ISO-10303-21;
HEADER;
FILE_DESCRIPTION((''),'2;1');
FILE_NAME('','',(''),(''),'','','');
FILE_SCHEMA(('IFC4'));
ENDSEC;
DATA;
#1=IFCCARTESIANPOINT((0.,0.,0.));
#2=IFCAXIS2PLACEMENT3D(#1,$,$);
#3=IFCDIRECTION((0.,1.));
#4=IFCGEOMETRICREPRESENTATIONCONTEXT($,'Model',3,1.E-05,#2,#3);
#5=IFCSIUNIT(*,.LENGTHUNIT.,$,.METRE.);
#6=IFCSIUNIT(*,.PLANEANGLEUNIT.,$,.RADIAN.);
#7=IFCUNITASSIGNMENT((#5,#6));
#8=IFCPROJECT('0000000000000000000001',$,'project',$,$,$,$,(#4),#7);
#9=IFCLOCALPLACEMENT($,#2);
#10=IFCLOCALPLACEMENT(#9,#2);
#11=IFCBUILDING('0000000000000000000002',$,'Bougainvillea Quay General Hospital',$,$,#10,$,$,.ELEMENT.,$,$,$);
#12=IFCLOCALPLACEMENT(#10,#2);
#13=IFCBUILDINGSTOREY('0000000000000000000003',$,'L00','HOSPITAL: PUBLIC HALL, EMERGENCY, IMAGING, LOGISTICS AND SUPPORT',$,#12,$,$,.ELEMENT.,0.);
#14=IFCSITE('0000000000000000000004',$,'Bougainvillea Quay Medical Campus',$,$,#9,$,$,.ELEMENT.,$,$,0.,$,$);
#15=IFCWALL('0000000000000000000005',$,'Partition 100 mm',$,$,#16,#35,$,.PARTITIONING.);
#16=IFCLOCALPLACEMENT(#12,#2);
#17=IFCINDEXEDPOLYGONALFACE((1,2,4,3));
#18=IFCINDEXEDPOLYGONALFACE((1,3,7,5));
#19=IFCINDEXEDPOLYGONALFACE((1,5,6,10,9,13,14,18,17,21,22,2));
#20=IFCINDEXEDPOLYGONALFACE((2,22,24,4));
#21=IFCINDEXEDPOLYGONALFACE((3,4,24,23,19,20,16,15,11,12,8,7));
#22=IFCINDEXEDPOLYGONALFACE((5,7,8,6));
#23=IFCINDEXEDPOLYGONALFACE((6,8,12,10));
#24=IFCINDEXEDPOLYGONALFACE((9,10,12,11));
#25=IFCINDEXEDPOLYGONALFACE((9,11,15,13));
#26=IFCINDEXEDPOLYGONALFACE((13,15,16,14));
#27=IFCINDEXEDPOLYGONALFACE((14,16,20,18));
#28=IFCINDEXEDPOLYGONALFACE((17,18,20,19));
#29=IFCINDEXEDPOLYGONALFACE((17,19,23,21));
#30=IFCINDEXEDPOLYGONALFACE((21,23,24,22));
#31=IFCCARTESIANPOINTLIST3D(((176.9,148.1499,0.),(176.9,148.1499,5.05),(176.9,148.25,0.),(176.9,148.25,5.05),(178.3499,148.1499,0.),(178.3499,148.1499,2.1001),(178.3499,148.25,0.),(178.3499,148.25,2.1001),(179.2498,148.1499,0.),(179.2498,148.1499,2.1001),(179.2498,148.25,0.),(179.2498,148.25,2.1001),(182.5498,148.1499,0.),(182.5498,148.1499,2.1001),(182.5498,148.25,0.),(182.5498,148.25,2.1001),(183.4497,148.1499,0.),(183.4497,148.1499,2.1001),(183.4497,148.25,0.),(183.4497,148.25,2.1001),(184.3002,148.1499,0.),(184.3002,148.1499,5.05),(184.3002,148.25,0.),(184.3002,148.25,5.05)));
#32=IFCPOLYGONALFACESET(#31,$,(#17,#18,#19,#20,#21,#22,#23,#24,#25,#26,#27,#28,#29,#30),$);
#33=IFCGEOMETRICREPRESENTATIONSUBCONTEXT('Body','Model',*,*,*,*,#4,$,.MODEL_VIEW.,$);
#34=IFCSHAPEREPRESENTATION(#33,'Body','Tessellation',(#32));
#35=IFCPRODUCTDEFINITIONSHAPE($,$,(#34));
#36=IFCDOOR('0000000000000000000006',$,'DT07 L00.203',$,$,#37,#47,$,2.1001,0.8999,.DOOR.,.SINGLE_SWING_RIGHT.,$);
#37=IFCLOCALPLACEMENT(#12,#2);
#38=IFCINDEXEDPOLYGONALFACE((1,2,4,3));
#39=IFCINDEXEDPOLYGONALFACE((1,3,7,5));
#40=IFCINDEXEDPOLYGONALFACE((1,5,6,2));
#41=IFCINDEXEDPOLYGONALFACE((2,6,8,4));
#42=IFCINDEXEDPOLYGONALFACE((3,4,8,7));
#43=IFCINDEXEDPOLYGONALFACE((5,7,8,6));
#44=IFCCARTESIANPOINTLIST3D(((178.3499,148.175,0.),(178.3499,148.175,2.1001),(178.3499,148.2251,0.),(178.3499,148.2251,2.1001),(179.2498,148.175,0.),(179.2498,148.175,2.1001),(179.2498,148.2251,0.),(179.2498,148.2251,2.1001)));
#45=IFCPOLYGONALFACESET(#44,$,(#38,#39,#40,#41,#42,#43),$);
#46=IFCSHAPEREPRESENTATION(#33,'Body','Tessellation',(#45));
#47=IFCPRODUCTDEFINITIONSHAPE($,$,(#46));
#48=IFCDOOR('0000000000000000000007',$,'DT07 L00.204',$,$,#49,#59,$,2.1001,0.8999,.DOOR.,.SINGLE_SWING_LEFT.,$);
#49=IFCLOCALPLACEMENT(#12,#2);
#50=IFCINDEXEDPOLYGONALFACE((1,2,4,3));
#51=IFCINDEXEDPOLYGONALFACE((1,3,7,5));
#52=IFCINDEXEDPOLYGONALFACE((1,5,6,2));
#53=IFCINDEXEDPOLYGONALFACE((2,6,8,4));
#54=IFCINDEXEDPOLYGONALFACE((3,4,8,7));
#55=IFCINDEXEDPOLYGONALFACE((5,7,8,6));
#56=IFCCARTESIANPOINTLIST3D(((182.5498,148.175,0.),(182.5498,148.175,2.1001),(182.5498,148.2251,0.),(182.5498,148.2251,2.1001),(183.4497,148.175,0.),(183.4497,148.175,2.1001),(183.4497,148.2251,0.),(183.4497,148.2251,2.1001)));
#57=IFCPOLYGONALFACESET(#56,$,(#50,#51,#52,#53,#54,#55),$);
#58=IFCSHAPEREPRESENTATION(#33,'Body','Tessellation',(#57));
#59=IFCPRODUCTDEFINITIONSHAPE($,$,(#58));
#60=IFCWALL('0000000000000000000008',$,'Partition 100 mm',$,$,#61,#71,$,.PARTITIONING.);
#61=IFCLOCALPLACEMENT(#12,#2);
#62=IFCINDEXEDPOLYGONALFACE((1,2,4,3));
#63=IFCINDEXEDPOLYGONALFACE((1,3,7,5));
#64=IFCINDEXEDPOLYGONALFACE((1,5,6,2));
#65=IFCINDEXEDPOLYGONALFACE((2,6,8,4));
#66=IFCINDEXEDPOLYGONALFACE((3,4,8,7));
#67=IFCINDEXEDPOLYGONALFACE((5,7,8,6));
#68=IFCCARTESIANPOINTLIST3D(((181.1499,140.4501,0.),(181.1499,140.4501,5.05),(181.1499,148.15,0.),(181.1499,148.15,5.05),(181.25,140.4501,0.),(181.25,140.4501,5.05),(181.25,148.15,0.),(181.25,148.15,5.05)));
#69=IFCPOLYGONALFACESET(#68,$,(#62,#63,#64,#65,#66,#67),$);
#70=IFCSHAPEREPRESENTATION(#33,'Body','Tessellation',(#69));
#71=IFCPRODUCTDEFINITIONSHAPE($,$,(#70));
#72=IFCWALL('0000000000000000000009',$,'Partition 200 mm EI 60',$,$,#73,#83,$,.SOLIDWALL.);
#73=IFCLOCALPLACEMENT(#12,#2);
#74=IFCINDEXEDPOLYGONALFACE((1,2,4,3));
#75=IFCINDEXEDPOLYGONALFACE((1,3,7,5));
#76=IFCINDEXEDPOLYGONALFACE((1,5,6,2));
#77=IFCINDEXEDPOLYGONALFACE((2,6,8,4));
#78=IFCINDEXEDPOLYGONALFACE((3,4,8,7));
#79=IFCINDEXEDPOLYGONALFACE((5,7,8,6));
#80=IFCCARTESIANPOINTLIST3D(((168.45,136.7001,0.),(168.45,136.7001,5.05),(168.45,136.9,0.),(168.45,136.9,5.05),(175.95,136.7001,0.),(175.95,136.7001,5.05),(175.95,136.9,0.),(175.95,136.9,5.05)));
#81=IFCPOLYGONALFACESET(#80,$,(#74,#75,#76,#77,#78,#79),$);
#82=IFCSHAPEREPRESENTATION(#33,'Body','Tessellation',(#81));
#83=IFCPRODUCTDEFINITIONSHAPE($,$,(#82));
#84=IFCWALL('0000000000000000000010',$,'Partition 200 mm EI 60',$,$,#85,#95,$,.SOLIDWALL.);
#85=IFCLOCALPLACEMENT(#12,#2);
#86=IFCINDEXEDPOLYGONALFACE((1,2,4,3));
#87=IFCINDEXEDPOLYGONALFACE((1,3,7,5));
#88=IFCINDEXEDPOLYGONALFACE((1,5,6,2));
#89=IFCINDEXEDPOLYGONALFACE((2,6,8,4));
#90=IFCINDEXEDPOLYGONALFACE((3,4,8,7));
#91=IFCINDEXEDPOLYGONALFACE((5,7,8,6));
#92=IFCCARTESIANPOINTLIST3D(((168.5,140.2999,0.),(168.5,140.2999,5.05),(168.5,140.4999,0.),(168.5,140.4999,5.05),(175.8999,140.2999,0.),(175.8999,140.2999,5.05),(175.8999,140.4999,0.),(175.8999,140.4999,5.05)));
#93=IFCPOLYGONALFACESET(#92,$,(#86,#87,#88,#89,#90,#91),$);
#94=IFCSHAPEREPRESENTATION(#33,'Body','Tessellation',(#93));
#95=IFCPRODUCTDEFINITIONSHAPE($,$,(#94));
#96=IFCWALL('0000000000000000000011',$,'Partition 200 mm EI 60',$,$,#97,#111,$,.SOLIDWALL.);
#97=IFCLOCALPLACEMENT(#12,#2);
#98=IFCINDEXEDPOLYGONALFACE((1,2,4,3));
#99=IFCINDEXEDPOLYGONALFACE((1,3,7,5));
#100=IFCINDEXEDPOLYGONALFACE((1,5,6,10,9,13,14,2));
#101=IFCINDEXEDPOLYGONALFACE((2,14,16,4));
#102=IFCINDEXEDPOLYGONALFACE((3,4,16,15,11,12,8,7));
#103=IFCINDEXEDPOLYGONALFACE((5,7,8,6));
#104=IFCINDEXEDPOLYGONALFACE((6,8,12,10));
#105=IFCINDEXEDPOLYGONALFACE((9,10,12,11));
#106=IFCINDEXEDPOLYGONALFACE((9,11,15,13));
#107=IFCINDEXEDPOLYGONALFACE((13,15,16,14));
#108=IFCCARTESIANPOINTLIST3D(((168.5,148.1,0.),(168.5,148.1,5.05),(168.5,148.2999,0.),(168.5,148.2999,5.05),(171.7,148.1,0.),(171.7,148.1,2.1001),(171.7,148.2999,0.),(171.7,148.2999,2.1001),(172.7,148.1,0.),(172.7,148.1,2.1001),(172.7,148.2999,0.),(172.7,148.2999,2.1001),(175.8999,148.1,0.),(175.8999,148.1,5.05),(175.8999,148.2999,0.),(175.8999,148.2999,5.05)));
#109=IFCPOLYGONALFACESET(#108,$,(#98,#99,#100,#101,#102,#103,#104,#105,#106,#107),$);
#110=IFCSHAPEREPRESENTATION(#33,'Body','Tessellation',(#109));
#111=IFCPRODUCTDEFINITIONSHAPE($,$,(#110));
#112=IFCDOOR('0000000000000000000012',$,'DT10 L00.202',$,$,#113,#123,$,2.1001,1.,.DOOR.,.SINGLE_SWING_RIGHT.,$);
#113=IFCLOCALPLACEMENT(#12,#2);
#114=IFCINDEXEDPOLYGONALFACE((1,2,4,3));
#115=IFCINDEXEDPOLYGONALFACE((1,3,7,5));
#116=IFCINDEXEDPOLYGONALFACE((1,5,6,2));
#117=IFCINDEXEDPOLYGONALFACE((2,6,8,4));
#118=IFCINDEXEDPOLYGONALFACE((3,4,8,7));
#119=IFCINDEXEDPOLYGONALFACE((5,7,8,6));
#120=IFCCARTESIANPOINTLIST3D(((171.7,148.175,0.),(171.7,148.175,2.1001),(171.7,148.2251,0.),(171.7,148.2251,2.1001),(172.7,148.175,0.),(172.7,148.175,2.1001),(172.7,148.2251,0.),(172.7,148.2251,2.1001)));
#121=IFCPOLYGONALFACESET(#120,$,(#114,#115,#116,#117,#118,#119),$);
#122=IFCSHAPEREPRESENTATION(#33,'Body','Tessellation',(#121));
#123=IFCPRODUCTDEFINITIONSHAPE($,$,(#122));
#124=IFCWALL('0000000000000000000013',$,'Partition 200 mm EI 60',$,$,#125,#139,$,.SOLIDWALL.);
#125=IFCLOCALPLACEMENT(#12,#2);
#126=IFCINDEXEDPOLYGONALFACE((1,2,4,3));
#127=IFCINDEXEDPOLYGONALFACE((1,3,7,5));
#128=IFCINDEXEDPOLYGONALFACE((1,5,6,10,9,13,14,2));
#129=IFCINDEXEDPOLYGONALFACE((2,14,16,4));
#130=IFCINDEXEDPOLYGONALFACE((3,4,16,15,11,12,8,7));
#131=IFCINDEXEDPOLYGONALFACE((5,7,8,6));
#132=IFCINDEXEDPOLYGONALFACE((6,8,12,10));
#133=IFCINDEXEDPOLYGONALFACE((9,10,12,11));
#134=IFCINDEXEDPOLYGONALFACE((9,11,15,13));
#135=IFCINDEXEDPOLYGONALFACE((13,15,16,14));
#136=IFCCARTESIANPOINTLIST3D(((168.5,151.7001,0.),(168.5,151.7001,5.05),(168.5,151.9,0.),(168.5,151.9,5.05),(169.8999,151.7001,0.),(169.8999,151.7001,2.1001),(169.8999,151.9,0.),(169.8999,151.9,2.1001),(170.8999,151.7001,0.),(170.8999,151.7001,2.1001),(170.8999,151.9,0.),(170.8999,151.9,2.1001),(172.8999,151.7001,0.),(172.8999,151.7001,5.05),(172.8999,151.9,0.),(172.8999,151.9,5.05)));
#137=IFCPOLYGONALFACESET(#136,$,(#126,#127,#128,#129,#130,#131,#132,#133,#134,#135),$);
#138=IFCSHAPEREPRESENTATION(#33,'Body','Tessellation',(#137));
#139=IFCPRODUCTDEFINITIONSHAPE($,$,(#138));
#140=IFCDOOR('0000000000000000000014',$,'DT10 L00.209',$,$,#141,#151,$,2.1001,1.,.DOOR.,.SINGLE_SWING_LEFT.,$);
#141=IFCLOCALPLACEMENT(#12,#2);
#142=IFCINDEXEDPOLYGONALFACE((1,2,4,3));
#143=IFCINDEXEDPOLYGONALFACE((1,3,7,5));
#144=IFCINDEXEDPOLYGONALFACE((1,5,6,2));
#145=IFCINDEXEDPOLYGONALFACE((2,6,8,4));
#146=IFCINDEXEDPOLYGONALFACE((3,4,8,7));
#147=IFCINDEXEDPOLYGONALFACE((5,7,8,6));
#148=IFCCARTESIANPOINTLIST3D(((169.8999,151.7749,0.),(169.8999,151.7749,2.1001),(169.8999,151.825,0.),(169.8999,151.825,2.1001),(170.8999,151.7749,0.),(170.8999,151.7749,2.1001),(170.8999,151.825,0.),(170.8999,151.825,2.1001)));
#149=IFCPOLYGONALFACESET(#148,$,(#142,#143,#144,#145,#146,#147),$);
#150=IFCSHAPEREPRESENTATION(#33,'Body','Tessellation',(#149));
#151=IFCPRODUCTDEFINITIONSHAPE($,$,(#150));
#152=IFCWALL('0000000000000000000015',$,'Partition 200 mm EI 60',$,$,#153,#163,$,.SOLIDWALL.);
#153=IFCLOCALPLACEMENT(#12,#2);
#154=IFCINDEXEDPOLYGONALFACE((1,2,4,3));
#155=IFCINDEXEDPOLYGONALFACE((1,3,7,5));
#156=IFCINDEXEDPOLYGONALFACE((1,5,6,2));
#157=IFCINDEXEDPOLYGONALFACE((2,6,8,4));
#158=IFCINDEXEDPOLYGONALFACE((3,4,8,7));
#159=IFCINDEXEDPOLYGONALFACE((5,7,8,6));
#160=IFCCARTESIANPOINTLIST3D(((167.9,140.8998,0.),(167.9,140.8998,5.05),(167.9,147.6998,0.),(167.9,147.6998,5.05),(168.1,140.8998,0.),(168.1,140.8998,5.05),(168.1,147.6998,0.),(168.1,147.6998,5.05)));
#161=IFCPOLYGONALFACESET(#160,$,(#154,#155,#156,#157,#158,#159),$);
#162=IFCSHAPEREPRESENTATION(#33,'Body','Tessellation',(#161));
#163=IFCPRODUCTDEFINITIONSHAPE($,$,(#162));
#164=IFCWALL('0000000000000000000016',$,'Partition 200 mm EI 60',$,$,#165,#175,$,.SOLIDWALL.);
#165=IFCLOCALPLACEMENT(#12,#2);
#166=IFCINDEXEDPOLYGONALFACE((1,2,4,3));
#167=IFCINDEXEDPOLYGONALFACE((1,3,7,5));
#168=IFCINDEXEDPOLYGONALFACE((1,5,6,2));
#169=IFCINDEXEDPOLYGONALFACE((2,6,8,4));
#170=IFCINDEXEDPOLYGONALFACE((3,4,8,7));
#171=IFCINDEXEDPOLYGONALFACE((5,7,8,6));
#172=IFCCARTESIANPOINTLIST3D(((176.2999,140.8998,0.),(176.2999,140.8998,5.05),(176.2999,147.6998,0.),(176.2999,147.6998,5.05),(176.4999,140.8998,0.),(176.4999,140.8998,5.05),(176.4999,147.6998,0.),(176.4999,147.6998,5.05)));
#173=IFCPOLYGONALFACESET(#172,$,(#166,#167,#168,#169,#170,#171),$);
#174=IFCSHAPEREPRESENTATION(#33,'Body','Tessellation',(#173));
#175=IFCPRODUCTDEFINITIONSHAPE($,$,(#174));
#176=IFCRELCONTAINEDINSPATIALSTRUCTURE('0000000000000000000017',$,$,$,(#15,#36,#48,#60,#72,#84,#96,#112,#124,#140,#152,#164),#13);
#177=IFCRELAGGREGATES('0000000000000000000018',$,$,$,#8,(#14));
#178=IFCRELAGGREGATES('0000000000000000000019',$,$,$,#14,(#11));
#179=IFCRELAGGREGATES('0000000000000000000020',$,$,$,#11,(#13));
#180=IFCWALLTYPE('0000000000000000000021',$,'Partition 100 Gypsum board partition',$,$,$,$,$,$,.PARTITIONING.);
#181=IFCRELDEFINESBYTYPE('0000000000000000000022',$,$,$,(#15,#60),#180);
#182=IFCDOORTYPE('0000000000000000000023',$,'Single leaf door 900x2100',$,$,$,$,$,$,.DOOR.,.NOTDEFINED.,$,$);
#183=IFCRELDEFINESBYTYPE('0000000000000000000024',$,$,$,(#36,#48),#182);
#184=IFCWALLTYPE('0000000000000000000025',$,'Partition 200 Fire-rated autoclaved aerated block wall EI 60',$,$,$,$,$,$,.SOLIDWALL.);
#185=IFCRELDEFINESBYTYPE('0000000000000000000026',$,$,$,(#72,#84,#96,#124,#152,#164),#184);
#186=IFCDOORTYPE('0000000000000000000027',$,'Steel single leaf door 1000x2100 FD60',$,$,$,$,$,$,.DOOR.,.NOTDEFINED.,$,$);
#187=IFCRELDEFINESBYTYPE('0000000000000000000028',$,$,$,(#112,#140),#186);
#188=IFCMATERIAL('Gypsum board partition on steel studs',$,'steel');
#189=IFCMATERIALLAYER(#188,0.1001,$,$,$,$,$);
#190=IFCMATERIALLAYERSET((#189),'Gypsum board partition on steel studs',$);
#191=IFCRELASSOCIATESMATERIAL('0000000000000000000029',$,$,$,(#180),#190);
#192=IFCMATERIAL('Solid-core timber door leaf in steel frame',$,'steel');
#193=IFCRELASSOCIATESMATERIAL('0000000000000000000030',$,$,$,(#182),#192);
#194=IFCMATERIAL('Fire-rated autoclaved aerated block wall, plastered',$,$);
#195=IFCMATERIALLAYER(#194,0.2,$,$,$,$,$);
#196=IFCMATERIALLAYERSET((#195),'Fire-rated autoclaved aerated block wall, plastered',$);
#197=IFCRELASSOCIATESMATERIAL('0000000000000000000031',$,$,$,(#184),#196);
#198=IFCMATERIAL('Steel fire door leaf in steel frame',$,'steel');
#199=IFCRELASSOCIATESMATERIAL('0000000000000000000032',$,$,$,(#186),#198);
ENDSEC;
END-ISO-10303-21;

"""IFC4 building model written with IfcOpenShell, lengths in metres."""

from ifc_helpers import new_model, si_unit, direction, frame, frame_2d, origin, place, context, subcontext, project, spatial, rectangle, extrude, material, layer, layer_set, type_object, element, fill, save


model = new_model("IFC4")

# Units and contexts
model_context = context("Model", 3, precision=1e-05, world=origin(), true_north=direction((0.0, 1.0)))
body_context = subcontext(model_context, "Body", "Model", "MODEL_VIEW")
ifc_project = project(units=[si_unit("LENGTHUNIT", "METRE"), si_unit("PLANEANGLEUNIT", "RADIAN")], contexts=[model_context])

# Site, building, storey
site_placement = place(None, origin())
site = spatial("IfcSite", under=ifc_project, at=site_placement, Name="Bougainvillea Quay Medical Campus", CompositionType="ELEMENT", RefElevation=0.0)
building_placement = place(site_placement, origin())
building = spatial("IfcBuilding", under=site, at=building_placement, Name="Bougainvillea Quay General Hospital", CompositionType="ELEMENT")
storey_placement = place(building_placement, origin())
storey = spatial("IfcBuildingStorey", under=building, at=storey_placement, Name="L00", Description="HOSPITAL: PUBLIC HALL, EMERGENCY, IMAGING, LOGISTICS AND SUPPORT", CompositionType="ELEMENT", Elevation=0.0)

# Shared definitions
ifc_material_1 = material(Name="Gypsum board partition on steel studs", Category="steel")
ifc_layer_1 = layer(ifc_material_1, 0.1001)
ifc_layer_set_1 = layer_set([ifc_layer_1], Name="Gypsum board partition on steel studs")
wall_type_1 = type_object("IfcWallType", Name="Partition 100 Gypsum board partition", PredefinedType="PARTITIONING", material=ifc_layer_set_1)

# Wall, openings, doors
wall_1_placement = place(storey_placement, frame((176.8999, 148.2, 0.0), z_axis=(0.0, 0.0, 1.0), x_axis=(1.0, 0.0, 0.0)))
wall_1 = element("IfcWall", 1, at=wall_1_placement, inside=storey, type_object=wall_type_1, Name="Partition 100 mm", PredefinedType="PARTITIONING", context=body_context, shape_type="SweptSolid", body=[
    extrude(rectangle(XDim=7.4001, YDim=0.1001, at=frame_2d((3.7002, 0.0))), origin(), (0.0, 0.0, 1.0), 5.05),
])
opening_1_placement = place(wall_1_placement, frame((1.45, 0.0, 0.0)))
opening_1 = element("IfcOpeningElement", 2, at=opening_1_placement, cuts=wall_1, PredefinedType="OPENING", context=body_context, shape_type="SweptSolid", body=[
    extrude(rectangle(XDim=0.8999, YDim=2.1001, at=frame_2d((0.45, 1.05))), frame((0.0, 0.0601, 0.0), z_axis=(0.0, -1.0, 0.0), x_axis=(1.0, 0.0, 0.0)), (0.0, 0.0, 1.0), 0.1201),
])
opening_2_placement = place(wall_1_placement, frame((5.6499, 0.0, 0.0)))
opening_2 = element("IfcOpeningElement", 3, at=opening_2_placement, cuts=wall_1, PredefinedType="OPENING", context=body_context, shape_type="SweptSolid", body=[
    extrude(rectangle(XDim=0.8999, YDim=2.1001, at=frame_2d((0.45, 1.05))), frame((0.0, 0.0601, 0.0), z_axis=(0.0, -1.0, 0.0), x_axis=(1.0, 0.0, 0.0)), (0.0, 0.0, 1.0), 0.1201),
])
ifc_material_2 = material(Name="Solid-core timber door leaf in steel frame", Category="steel")
door_type_1 = type_object("IfcDoorType", Name="Single leaf door 900x2100", OperationType="NOTDEFINED", PredefinedType="DOOR", material=ifc_material_2)
door_1_placement = place(opening_1_placement, frame((0.8999, 0.0, 0.0), z_axis=(0.0, 0.0, 1.0), x_axis=(-1.0, 0.0, 0.0)))
door_1 = element("IfcDoor", 4, at=door_1_placement, inside=storey, type_object=door_type_1, Name="DT07 L00.203", OperationType="SINGLE_SWING_RIGHT", OverallHeight=2.1001, OverallWidth=0.8999, PredefinedType="DOOR", context=body_context, shape_type="SweptSolid", body=[
    extrude(rectangle(XDim=0.8999, YDim=2.1001, at=frame_2d((0.45, 1.05))), frame((0.0, 0.0249, 0.0), z_axis=(0.0, -1.0, 0.0), x_axis=(1.0, 0.0, 0.0)), (0.0, 0.0, 1.0), 0.05),
])
fill(opening_1, door_1)
door_2_placement = place(opening_2_placement, frame((0.8999, 0.0, 0.0), z_axis=(0.0, 0.0, 1.0), x_axis=(-1.0, 0.0, 0.0)))
door_2 = element("IfcDoor", 5, at=door_2_placement, inside=storey, type_object=door_type_1, Name="DT07 L00.204", OperationType="SINGLE_SWING_LEFT", OverallHeight=2.1001, OverallWidth=0.8999, PredefinedType="DOOR", context=body_context, shape_type="SweptSolid", body=[
    extrude(rectangle(XDim=0.8999, YDim=2.1001, at=frame_2d((0.45, 1.05))), frame((0.0, 0.0249, 0.0), z_axis=(0.0, -1.0, 0.0), x_axis=(1.0, 0.0, 0.0)), (0.0, 0.0, 1.0), 0.05),
])
fill(opening_2, door_2)

# Walls
wall_2_placement = place(storey_placement, frame((181.2, 140.45, 0.0), z_axis=(0.0, 0.0, 1.0), x_axis=(0.0, 1.0, 0.0)))
element("IfcWall", 6, at=wall_2_placement, inside=storey, type_object=wall_type_1, Name="Partition 100 mm", PredefinedType="PARTITIONING", context=body_context, shape_type="SweptSolid", body=[
    extrude(rectangle(XDim=7.7, YDim=0.1001, at=frame_2d((3.8501, 0.0))), origin(), (0.0, 0.0, 1.0), 5.05),
])
ifc_material_3 = material(Name="Fire-rated autoclaved aerated block wall, plastered")
ifc_layer_2 = layer(ifc_material_3, 0.2)
ifc_layer_set_2 = layer_set([ifc_layer_2], Name="Fire-rated autoclaved aerated block wall, plastered")
wall_type_2 = type_object("IfcWallType", Name="Partition 200 Fire-rated autoclaved aerated block wall EI 60", PredefinedType="SOLIDWALL", material=ifc_layer_set_2)
wall_3_placement = place(storey_placement, frame((175.95, 136.8, 0.0), z_axis=(0.0, 0.0, 1.0), x_axis=(-1.0, 0.0, 0.0)))
element("IfcWall", 7, at=wall_3_placement, inside=storey, type_object=wall_type_2, Name="Partition 200 mm EI 60", PredefinedType="SOLIDWALL", context=body_context, shape_type="SweptSolid", body=[
    extrude(rectangle(XDim=7.5, YDim=0.2, at=frame_2d((3.75, 0.0))), origin(), (0.0, 0.0, 1.0), 5.05),
])
wall_4_placement = place(storey_placement, frame((168.5, 140.3999, 0.0), z_axis=(0.0, 0.0, 1.0), x_axis=(1.0, 0.0, 0.0)))
element("IfcWall", 8, at=wall_4_placement, inside=storey, type_object=wall_type_2, Name="Partition 200 mm EI 60", PredefinedType="SOLIDWALL", context=body_context, shape_type="SweptSolid", body=[
    extrude(rectangle(XDim=7.3999, YDim=0.2, at=frame_2d((3.7, 0.0))), origin(), (0.0, 0.0, 1.0), 5.05),
])

# Walls, openings, doors
wall_5_placement = place(storey_placement, frame((168.5, 148.2, 0.0), z_axis=(0.0, 0.0, 1.0), x_axis=(1.0, 0.0, 0.0)))
wall_5 = element("IfcWall", 9, at=wall_5_placement, inside=storey, type_object=wall_type_2, Name="Partition 200 mm EI 60", PredefinedType="SOLIDWALL", context=body_context, shape_type="SweptSolid", body=[
    extrude(rectangle(XDim=7.3999, YDim=0.2, at=frame_2d((3.7, 0.0))), origin(), (0.0, 0.0, 1.0), 5.05),
])
opening_3_placement = place(wall_5_placement, frame((3.2, 0.0, 0.0)))
opening_3 = element("IfcOpeningElement", 10, at=opening_3_placement, cuts=wall_5, PredefinedType="OPENING", context=body_context, shape_type="SweptSolid", body=[
    extrude(rectangle(XDim=1.0, YDim=2.1001, at=frame_2d((0.5, 1.05))), frame((0.0, 0.1099, 0.0), z_axis=(0.0, -1.0, 0.0), x_axis=(1.0, 0.0, 0.0)), (0.0, 0.0, 1.0), 0.22),
])
ifc_material_4 = material(Name="Steel fire door leaf in steel frame", Category="steel")
door_type_2 = type_object("IfcDoorType", Name="Steel single leaf door 1000x2100 FD60", OperationType="NOTDEFINED", PredefinedType="DOOR", material=ifc_material_4)
door_3_placement = place(opening_3_placement, frame((1.0, 0.0, 0.0), z_axis=(0.0, 0.0, 1.0), x_axis=(-1.0, 0.0, 0.0)))
door_3 = element("IfcDoor", 11, at=door_3_placement, inside=storey, type_object=door_type_2, Name="DT10 L00.202", OperationType="SINGLE_SWING_RIGHT", OverallHeight=2.1001, OverallWidth=1.0, PredefinedType="DOOR", context=body_context, shape_type="SweptSolid", body=[
    extrude(rectangle(XDim=1.0, YDim=2.1001, at=frame_2d((0.5, 1.05))), frame((0.0, 0.0249, 0.0), z_axis=(0.0, -1.0, 0.0), x_axis=(1.0, 0.0, 0.0)), (0.0, 0.0, 1.0), 0.05),
])
fill(opening_3, door_3)
wall_6_placement = place(storey_placement, frame((168.5, 151.8, 0.0), z_axis=(0.0, 0.0, 1.0), x_axis=(1.0, 0.0, 0.0)))
wall_6 = element("IfcWall", 12, at=wall_6_placement, inside=storey, type_object=wall_type_2, Name="Partition 200 mm EI 60", PredefinedType="SOLIDWALL", context=body_context, shape_type="SweptSolid", body=[
    extrude(rectangle(XDim=4.3999, YDim=0.2, at=frame_2d((2.2, 0.0))), origin(), (0.0, 0.0, 1.0), 5.05),
])
opening_4_placement = place(wall_6_placement, frame((1.3999, 0.0, 0.0)))
opening_4 = element("IfcOpeningElement", 13, at=opening_4_placement, cuts=wall_6, PredefinedType="OPENING", context=body_context, shape_type="SweptSolid", body=[
    extrude(rectangle(XDim=1.0, YDim=2.1001, at=frame_2d((0.5, 1.05))), frame((0.0, 0.1099, 0.0), z_axis=(0.0, -1.0, 0.0), x_axis=(1.0, 0.0, 0.0)), (0.0, 0.0, 1.0), 0.22),
])
door_4_placement = place(opening_4_placement, origin())
door_4 = element("IfcDoor", 14, at=door_4_placement, inside=storey, type_object=door_type_2, Name="DT10 L00.209", OperationType="SINGLE_SWING_LEFT", OverallHeight=2.1001, OverallWidth=1.0, PredefinedType="DOOR", context=body_context, shape_type="SweptSolid", body=[
    extrude(rectangle(XDim=1.0, YDim=2.1001, at=frame_2d((0.5, 1.05))), frame((0.0, 0.0249, 0.0), z_axis=(0.0, -1.0, 0.0), x_axis=(1.0, 0.0, 0.0)), (0.0, 0.0, 1.0), 0.05),
])
fill(opening_4, door_4)

# Walls
for number, where, z_axis, x_axis, name in (
    (15, (168.0, 140.8999, 0.0), (0.0, 0.0, 1.0), (0.0, 1.0, 0.0), "Partition 200 mm EI 60"),
    (16, (176.3999, 140.8999, 0.0), (0.0, 0.0, 1.0), (0.0, 1.0, 0.0), "Partition 200 mm EI 60"),
):
    element("IfcWall", number, at=place(storey_placement, frame(where, z_axis=z_axis, x_axis=x_axis)), inside=storey, type_object=wall_type_2, Name=name, PredefinedType="SOLIDWALL", context=body_context, shape_type="SweptSolid", body=[
        extrude(rectangle(XDim=6.8, YDim=0.2, at=frame_2d((3.3999, 0.0))), origin(), (0.0, 0.0, 1.0), 5.05),
    ])

save(model, "model.ifc")
